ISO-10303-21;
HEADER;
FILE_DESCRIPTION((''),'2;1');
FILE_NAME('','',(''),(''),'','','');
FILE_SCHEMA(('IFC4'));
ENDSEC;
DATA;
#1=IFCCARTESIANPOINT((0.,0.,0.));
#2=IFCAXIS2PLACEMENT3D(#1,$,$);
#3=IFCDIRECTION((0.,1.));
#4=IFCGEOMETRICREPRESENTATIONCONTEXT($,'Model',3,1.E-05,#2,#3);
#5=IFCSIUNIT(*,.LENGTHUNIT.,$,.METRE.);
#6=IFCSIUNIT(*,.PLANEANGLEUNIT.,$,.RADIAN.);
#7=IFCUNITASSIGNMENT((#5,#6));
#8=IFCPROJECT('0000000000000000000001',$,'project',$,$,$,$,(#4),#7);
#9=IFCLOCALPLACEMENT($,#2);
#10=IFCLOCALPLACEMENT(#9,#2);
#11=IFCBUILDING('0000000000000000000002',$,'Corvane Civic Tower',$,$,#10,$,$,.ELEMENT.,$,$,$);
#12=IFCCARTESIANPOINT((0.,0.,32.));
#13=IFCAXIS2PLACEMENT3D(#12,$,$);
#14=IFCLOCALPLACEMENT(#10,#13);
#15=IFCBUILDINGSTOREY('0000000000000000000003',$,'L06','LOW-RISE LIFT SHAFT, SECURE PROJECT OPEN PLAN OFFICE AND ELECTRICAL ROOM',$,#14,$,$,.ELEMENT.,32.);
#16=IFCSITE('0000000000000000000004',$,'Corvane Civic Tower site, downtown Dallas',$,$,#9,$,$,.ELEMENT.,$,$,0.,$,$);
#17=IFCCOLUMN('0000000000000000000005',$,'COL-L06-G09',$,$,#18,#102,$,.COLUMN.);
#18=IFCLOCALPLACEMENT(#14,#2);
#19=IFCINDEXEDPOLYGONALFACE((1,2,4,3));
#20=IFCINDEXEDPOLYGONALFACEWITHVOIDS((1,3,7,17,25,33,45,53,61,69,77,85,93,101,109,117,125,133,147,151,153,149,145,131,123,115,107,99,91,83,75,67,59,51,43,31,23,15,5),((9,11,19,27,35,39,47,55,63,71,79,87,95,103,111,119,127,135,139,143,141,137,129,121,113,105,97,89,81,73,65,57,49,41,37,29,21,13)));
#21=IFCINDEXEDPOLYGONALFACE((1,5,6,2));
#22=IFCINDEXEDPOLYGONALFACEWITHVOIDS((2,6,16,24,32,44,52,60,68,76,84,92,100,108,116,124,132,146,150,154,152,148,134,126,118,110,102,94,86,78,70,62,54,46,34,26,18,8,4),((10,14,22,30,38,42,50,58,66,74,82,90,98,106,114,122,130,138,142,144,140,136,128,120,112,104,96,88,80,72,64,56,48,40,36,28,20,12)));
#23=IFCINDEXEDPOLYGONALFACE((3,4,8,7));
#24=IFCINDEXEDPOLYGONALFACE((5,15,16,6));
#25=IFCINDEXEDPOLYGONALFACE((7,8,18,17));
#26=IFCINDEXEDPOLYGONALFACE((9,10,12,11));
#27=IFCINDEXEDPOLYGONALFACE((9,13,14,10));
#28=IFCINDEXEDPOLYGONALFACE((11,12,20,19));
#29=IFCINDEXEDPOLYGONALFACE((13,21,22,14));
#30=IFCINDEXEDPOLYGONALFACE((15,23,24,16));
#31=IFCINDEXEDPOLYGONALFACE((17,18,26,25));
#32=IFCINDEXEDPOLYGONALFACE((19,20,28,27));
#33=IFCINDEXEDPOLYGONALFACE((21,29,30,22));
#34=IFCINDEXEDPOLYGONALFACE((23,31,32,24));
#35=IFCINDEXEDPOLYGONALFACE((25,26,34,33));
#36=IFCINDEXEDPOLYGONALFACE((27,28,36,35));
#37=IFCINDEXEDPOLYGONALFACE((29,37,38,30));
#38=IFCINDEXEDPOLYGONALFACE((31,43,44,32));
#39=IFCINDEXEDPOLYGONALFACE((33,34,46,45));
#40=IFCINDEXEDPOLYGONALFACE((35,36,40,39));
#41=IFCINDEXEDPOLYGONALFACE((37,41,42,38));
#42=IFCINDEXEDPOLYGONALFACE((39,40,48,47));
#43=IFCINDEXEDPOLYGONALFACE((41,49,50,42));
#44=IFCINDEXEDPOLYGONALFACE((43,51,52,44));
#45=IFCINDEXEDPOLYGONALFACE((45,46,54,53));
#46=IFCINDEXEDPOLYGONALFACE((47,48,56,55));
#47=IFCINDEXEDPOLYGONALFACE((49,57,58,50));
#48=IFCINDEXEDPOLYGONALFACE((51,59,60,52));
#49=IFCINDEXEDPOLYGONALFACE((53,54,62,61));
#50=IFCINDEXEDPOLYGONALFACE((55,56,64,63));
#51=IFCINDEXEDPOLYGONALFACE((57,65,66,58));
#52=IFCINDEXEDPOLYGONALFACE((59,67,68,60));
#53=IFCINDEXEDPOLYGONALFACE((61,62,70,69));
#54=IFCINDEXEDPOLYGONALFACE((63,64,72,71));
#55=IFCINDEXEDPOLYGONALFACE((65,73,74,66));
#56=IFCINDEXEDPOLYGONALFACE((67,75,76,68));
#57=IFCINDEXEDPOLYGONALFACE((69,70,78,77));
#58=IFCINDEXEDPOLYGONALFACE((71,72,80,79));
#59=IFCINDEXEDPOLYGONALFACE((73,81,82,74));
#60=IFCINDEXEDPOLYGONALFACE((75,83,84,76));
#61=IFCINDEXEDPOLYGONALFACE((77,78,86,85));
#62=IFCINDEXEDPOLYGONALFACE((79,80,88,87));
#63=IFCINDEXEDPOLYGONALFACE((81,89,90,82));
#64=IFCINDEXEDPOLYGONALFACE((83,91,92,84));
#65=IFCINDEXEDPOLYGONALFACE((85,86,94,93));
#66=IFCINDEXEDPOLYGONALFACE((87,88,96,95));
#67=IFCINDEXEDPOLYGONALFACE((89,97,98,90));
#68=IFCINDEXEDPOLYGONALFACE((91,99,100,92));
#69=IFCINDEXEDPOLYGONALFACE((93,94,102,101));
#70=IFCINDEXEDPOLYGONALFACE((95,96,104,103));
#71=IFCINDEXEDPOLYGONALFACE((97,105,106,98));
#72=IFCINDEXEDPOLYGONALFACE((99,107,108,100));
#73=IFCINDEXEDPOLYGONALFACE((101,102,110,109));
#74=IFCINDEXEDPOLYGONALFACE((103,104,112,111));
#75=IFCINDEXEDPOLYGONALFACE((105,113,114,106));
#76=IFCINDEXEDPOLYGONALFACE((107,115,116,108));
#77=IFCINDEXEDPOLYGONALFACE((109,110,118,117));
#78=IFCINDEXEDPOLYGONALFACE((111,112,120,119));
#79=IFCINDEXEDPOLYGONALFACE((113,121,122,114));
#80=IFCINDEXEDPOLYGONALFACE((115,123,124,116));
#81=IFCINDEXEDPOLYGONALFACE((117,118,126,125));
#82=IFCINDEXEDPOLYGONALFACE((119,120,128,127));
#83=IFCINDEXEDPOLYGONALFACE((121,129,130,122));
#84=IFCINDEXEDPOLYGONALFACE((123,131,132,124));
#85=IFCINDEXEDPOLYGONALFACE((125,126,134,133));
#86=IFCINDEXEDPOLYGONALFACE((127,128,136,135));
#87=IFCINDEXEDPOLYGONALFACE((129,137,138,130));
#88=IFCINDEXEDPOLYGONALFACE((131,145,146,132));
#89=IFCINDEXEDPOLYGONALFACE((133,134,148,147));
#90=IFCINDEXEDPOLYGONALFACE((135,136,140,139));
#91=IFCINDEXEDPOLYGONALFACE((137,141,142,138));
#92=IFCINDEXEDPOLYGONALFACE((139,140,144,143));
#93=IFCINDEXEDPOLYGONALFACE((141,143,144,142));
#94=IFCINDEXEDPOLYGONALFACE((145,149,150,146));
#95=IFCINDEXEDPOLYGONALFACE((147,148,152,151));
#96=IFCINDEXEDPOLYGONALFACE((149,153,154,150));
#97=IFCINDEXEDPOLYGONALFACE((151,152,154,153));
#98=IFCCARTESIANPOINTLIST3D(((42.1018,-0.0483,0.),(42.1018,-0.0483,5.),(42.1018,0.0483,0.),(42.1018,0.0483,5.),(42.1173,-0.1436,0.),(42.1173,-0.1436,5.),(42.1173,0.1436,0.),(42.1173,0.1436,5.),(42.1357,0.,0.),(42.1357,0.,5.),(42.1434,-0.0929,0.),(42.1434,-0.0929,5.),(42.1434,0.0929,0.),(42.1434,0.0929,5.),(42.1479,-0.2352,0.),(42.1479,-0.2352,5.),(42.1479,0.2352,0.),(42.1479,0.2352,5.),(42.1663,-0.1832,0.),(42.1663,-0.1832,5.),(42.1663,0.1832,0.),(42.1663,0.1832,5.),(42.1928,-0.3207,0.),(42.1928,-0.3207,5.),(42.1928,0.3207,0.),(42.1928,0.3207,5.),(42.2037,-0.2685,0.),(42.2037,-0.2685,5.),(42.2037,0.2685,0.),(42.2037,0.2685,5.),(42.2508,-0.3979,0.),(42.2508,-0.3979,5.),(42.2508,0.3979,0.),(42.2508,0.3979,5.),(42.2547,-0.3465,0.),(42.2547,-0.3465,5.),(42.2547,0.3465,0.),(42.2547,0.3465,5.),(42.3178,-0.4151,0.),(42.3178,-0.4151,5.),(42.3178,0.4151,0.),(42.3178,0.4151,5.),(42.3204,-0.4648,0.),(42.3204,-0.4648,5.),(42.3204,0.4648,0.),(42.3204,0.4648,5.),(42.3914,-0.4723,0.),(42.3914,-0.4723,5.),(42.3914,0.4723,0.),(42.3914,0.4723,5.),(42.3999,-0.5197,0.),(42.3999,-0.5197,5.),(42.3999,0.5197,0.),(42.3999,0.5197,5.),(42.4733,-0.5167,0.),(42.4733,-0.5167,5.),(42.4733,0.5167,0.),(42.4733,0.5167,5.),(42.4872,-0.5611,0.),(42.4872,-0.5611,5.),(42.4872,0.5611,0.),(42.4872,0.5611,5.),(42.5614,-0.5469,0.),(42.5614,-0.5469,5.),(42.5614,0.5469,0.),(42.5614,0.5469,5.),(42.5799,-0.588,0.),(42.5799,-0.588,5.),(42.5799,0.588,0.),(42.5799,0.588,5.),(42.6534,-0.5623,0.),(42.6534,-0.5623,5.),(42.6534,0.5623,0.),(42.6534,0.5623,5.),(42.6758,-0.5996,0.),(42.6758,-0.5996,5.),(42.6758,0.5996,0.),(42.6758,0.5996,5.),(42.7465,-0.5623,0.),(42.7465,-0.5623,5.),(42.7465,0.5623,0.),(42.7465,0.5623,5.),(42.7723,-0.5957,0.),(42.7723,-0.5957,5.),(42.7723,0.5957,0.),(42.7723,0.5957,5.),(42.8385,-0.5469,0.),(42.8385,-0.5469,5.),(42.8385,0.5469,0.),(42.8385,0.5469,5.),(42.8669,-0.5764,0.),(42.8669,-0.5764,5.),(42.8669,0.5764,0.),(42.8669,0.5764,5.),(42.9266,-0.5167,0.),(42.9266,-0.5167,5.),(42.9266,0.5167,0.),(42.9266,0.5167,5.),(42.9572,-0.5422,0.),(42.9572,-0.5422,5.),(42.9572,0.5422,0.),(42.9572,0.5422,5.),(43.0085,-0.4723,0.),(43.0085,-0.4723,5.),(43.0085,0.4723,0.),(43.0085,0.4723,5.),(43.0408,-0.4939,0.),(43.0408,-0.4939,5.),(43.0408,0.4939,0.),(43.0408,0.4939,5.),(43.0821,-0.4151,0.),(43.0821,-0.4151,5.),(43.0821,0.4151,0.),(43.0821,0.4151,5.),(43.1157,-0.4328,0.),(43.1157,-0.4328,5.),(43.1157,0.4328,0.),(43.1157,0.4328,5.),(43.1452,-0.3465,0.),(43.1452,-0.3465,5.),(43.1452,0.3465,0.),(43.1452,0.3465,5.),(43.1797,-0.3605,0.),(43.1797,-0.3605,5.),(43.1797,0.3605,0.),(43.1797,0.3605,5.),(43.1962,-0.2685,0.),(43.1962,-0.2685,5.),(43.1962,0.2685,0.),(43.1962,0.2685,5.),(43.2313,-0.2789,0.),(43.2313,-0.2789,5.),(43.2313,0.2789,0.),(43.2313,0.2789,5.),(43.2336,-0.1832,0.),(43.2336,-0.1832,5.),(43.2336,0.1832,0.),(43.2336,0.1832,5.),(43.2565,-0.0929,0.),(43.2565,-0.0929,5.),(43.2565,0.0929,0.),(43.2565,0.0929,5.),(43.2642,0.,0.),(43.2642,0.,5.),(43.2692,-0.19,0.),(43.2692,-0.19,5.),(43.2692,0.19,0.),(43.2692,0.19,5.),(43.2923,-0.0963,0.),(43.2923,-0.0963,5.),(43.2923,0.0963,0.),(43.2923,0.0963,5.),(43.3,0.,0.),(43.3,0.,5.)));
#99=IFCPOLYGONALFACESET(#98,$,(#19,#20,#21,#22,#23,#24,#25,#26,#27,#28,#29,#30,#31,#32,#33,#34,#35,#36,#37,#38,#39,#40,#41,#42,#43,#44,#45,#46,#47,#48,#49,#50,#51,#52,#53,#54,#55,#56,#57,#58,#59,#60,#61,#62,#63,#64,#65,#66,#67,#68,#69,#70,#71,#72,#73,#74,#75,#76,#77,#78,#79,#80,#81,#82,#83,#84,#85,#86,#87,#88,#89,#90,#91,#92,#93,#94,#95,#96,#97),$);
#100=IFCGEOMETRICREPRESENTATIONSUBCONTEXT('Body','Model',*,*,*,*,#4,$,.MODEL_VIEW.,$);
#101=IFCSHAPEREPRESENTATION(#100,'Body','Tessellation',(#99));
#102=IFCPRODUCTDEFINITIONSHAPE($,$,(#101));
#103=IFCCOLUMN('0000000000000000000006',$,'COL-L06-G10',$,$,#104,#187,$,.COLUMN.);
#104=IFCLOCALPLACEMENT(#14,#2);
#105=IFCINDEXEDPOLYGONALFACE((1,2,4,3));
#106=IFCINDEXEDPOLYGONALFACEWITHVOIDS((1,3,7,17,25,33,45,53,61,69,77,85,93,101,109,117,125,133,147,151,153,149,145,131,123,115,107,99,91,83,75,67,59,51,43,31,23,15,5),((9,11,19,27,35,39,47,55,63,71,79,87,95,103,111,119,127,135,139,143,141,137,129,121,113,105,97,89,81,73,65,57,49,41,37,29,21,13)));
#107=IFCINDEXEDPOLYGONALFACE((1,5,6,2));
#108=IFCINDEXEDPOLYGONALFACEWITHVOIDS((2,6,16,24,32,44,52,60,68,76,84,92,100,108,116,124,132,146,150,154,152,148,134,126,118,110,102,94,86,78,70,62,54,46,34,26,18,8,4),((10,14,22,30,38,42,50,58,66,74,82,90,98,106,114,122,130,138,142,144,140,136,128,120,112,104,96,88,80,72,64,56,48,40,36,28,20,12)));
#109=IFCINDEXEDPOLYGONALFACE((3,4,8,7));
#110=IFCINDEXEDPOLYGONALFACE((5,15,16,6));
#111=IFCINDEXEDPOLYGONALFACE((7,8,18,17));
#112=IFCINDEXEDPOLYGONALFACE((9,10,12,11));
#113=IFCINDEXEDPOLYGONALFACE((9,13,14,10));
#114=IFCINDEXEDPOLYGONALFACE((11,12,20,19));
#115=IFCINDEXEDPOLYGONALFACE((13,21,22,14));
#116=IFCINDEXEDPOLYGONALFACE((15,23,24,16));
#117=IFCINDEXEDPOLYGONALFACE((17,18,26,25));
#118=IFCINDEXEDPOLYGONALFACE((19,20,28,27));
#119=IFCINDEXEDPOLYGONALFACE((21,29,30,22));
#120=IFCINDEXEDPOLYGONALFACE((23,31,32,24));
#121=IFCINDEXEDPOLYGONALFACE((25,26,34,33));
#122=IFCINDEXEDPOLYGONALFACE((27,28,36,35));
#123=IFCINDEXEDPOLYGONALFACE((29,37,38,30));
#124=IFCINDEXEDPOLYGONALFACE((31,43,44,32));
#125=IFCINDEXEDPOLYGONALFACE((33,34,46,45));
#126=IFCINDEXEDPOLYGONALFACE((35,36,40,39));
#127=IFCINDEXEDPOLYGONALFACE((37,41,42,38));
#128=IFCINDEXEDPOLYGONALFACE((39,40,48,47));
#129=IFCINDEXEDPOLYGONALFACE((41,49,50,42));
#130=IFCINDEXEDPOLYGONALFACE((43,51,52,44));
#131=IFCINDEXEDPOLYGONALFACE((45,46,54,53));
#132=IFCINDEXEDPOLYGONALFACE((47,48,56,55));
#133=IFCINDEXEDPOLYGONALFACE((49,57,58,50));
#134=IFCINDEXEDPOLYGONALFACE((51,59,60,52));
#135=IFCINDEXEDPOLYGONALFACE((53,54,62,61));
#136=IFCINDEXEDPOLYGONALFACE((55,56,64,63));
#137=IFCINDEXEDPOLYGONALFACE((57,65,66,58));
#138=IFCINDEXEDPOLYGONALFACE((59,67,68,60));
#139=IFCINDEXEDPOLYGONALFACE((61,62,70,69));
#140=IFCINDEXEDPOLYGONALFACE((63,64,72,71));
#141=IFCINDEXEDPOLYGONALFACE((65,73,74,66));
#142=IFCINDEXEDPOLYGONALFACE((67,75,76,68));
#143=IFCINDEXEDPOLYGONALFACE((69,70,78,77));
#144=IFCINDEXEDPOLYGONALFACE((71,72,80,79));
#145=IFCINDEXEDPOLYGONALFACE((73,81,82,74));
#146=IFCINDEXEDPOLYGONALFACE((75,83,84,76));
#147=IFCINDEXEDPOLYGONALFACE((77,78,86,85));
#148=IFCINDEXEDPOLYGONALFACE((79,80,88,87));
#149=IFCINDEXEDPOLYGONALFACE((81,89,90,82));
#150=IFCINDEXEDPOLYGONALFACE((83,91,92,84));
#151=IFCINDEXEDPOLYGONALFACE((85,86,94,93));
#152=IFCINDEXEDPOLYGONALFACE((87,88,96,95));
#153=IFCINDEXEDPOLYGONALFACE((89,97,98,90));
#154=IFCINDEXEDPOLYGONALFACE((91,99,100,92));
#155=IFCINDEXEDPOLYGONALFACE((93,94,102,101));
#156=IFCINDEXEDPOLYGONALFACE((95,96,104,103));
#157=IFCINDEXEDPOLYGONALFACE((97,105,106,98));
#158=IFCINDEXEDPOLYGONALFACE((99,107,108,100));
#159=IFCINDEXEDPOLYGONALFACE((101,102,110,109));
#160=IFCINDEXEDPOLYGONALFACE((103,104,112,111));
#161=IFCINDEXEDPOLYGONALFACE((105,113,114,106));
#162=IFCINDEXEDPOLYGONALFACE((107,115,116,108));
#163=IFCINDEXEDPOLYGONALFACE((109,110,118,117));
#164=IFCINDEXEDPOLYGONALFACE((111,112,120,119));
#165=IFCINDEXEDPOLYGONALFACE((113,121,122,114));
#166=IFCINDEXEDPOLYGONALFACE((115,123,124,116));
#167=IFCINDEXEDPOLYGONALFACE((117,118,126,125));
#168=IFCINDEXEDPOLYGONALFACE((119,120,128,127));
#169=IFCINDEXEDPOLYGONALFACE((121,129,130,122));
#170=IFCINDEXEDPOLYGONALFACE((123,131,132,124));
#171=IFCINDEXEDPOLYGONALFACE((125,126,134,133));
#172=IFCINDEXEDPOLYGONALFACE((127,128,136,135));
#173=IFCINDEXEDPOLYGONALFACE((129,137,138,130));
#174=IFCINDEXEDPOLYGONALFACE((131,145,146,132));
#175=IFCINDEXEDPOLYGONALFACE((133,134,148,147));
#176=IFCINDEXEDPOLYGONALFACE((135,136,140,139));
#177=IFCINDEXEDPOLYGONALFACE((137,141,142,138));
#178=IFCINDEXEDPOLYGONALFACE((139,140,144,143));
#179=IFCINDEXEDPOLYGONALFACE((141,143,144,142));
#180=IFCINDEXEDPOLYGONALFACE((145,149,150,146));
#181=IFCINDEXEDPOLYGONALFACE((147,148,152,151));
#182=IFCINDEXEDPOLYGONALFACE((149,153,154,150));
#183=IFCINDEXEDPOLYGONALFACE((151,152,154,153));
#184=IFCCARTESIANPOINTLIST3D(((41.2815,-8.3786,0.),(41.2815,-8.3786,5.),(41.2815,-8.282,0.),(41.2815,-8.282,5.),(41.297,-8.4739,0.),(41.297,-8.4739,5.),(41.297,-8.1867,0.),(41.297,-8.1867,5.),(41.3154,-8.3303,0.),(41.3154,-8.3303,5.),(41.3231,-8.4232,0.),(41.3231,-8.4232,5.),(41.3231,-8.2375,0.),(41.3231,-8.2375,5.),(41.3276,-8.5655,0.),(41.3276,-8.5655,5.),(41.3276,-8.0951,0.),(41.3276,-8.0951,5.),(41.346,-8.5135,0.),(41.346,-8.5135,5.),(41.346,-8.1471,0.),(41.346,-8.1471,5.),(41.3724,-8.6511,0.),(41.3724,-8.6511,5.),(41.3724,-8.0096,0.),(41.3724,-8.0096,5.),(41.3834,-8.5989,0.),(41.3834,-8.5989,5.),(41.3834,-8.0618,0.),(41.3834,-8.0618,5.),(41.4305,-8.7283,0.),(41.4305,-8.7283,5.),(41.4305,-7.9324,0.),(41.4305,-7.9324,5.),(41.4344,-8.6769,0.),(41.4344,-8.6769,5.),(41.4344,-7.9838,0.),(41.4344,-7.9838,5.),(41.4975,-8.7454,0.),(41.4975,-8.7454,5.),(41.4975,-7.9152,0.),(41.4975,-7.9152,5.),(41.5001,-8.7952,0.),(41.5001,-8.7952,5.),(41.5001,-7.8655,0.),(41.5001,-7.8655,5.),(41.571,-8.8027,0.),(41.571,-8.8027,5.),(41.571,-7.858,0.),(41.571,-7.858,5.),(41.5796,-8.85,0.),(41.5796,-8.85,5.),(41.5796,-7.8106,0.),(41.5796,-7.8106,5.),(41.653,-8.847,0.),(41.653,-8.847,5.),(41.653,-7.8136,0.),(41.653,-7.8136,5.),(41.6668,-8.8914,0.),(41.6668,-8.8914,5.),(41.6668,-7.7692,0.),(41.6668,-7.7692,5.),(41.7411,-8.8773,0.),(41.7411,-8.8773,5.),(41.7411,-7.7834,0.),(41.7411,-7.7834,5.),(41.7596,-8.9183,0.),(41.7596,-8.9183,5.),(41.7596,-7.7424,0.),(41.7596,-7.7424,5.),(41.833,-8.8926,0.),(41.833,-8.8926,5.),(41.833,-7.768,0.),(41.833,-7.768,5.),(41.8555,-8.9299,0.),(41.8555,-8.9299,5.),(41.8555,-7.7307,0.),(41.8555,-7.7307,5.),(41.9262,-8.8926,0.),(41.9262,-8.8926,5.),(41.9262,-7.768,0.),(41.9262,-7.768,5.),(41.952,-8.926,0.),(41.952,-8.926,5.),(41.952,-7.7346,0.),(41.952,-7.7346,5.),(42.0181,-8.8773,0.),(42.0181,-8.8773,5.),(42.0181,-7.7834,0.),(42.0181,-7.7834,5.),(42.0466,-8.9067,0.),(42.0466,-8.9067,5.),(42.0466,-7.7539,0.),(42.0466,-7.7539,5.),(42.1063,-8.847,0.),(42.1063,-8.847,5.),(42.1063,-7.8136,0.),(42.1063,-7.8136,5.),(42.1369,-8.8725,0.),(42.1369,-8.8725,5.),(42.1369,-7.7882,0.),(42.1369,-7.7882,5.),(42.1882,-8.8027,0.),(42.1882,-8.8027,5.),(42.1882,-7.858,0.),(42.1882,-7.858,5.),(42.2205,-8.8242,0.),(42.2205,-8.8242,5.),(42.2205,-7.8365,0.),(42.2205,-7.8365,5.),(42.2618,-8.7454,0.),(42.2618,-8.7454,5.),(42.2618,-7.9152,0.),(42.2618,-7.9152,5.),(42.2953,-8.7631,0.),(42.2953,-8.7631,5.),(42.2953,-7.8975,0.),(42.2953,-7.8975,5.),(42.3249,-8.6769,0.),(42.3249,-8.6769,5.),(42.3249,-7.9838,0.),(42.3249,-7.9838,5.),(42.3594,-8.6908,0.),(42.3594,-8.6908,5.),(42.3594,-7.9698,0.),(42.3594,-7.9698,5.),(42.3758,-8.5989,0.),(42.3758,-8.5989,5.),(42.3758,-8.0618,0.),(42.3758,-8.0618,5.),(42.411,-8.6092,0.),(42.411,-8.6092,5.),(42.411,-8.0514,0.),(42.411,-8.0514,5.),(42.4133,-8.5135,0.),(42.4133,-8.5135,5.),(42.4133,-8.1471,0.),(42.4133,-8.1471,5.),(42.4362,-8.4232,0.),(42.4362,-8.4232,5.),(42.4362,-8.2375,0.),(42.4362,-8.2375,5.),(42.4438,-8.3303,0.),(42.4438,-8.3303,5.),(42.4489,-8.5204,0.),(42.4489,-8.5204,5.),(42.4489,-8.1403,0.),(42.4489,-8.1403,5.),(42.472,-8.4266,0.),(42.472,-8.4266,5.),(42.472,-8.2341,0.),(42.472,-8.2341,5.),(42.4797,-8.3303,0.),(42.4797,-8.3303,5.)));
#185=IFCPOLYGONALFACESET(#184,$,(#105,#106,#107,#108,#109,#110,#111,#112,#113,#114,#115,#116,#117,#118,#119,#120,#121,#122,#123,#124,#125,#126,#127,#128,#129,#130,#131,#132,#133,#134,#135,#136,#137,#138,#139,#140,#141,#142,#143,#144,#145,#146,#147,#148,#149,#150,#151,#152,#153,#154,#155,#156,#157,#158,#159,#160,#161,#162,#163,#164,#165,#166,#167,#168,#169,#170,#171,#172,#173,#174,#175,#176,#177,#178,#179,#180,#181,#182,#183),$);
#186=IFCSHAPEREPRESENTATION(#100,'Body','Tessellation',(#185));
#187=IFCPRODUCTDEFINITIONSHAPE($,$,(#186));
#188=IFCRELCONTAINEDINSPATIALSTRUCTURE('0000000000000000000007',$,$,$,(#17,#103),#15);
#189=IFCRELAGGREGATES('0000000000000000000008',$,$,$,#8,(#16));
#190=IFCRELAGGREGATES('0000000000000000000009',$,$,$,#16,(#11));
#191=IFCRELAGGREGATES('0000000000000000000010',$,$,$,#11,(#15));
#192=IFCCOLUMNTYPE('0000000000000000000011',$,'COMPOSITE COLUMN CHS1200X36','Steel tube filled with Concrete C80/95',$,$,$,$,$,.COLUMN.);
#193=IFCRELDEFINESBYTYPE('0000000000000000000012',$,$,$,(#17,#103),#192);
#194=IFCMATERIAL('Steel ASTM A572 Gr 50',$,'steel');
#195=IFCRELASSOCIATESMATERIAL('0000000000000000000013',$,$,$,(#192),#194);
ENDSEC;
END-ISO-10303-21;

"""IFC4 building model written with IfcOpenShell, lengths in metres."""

from ifc_helpers import new_model, si_unit, direction, frame, origin, origin_2d, place, context, subcontext, project, spatial, hollow_circle, extrude, material, material_profile, profile_set, type_object, element, save


model = new_model("IFC4")

# Units and contexts
model_context = context("Model", 3, precision=1e-05, world=origin(), true_north=direction((0.0, 1.0)))
body_context = subcontext(model_context, "Body", "Model", "MODEL_VIEW")
ifc_project = project(units=[si_unit("LENGTHUNIT", "METRE"), si_unit("PLANEANGLEUNIT", "RADIAN")], contexts=[model_context])

# Site, building, storey
site_placement = place(None, origin())
site = spatial("IfcSite", under=ifc_project, at=site_placement, Name="Corvane Civic Tower site, downtown Dallas", CompositionType="ELEMENT", RefElevation=0.0)
building_placement = place(site_placement, origin())
building = spatial("IfcBuilding", under=site, at=building_placement, Name="Corvane Civic Tower", CompositionType="ELEMENT")
storey_placement = place(building_placement, frame((0.0, 0.0, 32.0)))
storey = spatial("IfcBuildingStorey", under=building, at=storey_placement, Name="L06", Description="LOW-RISE LIFT SHAFT, SECURE PROJECT OPEN PLAN OFFICE AND ELECTRICAL ROOM", CompositionType="ELEMENT", Elevation=32.0)

# Columns
ifc_material_1 = material(Name="Steel ASTM A572 Gr 50", Category="steel")
ifc_material_profile_1 = material_profile(ifc_material_1, hollow_circle(Radius=0.6001, WallThickness=0.0359, at=origin_2d()), Name="CHS1200X36")
ifc_profile_set_1 = profile_set([ifc_material_profile_1], Name="Steel ASTM A572 Gr 50")
column_type = type_object("IfcColumnType", Name="COMPOSITE COLUMN CHS1200X36", Description="Steel tube filled with Concrete C80/95", PredefinedType="COLUMN", material=ifc_profile_set_1)
for number, where, z_axis, x_axis, name in (
    (1, (42.7, 0.0, 0.0), (0.0, 0.0, 1.0), (1.0, 0.0, 0.0), "COL-L06-G09"),
    (2, (41.8796, -8.3303, 0.0), (0.0, 0.0, 1.0), (1.0, 0.0, 0.0), "COL-L06-G10"),
):
    element("IfcColumn", number, at=place(storey_placement, frame(where, z_axis=z_axis, x_axis=x_axis)), inside=storey, type_object=column_type, Name=name, PredefinedType="COLUMN", context=body_context, shape_type="SweptSolid", body=[
        extrude(hollow_circle(Radius=0.6001, WallThickness=0.0359, at=origin_2d()), origin(), (0.0, 0.0, 1.0), 5.0),
    ])

save(model, "model.ifc")
